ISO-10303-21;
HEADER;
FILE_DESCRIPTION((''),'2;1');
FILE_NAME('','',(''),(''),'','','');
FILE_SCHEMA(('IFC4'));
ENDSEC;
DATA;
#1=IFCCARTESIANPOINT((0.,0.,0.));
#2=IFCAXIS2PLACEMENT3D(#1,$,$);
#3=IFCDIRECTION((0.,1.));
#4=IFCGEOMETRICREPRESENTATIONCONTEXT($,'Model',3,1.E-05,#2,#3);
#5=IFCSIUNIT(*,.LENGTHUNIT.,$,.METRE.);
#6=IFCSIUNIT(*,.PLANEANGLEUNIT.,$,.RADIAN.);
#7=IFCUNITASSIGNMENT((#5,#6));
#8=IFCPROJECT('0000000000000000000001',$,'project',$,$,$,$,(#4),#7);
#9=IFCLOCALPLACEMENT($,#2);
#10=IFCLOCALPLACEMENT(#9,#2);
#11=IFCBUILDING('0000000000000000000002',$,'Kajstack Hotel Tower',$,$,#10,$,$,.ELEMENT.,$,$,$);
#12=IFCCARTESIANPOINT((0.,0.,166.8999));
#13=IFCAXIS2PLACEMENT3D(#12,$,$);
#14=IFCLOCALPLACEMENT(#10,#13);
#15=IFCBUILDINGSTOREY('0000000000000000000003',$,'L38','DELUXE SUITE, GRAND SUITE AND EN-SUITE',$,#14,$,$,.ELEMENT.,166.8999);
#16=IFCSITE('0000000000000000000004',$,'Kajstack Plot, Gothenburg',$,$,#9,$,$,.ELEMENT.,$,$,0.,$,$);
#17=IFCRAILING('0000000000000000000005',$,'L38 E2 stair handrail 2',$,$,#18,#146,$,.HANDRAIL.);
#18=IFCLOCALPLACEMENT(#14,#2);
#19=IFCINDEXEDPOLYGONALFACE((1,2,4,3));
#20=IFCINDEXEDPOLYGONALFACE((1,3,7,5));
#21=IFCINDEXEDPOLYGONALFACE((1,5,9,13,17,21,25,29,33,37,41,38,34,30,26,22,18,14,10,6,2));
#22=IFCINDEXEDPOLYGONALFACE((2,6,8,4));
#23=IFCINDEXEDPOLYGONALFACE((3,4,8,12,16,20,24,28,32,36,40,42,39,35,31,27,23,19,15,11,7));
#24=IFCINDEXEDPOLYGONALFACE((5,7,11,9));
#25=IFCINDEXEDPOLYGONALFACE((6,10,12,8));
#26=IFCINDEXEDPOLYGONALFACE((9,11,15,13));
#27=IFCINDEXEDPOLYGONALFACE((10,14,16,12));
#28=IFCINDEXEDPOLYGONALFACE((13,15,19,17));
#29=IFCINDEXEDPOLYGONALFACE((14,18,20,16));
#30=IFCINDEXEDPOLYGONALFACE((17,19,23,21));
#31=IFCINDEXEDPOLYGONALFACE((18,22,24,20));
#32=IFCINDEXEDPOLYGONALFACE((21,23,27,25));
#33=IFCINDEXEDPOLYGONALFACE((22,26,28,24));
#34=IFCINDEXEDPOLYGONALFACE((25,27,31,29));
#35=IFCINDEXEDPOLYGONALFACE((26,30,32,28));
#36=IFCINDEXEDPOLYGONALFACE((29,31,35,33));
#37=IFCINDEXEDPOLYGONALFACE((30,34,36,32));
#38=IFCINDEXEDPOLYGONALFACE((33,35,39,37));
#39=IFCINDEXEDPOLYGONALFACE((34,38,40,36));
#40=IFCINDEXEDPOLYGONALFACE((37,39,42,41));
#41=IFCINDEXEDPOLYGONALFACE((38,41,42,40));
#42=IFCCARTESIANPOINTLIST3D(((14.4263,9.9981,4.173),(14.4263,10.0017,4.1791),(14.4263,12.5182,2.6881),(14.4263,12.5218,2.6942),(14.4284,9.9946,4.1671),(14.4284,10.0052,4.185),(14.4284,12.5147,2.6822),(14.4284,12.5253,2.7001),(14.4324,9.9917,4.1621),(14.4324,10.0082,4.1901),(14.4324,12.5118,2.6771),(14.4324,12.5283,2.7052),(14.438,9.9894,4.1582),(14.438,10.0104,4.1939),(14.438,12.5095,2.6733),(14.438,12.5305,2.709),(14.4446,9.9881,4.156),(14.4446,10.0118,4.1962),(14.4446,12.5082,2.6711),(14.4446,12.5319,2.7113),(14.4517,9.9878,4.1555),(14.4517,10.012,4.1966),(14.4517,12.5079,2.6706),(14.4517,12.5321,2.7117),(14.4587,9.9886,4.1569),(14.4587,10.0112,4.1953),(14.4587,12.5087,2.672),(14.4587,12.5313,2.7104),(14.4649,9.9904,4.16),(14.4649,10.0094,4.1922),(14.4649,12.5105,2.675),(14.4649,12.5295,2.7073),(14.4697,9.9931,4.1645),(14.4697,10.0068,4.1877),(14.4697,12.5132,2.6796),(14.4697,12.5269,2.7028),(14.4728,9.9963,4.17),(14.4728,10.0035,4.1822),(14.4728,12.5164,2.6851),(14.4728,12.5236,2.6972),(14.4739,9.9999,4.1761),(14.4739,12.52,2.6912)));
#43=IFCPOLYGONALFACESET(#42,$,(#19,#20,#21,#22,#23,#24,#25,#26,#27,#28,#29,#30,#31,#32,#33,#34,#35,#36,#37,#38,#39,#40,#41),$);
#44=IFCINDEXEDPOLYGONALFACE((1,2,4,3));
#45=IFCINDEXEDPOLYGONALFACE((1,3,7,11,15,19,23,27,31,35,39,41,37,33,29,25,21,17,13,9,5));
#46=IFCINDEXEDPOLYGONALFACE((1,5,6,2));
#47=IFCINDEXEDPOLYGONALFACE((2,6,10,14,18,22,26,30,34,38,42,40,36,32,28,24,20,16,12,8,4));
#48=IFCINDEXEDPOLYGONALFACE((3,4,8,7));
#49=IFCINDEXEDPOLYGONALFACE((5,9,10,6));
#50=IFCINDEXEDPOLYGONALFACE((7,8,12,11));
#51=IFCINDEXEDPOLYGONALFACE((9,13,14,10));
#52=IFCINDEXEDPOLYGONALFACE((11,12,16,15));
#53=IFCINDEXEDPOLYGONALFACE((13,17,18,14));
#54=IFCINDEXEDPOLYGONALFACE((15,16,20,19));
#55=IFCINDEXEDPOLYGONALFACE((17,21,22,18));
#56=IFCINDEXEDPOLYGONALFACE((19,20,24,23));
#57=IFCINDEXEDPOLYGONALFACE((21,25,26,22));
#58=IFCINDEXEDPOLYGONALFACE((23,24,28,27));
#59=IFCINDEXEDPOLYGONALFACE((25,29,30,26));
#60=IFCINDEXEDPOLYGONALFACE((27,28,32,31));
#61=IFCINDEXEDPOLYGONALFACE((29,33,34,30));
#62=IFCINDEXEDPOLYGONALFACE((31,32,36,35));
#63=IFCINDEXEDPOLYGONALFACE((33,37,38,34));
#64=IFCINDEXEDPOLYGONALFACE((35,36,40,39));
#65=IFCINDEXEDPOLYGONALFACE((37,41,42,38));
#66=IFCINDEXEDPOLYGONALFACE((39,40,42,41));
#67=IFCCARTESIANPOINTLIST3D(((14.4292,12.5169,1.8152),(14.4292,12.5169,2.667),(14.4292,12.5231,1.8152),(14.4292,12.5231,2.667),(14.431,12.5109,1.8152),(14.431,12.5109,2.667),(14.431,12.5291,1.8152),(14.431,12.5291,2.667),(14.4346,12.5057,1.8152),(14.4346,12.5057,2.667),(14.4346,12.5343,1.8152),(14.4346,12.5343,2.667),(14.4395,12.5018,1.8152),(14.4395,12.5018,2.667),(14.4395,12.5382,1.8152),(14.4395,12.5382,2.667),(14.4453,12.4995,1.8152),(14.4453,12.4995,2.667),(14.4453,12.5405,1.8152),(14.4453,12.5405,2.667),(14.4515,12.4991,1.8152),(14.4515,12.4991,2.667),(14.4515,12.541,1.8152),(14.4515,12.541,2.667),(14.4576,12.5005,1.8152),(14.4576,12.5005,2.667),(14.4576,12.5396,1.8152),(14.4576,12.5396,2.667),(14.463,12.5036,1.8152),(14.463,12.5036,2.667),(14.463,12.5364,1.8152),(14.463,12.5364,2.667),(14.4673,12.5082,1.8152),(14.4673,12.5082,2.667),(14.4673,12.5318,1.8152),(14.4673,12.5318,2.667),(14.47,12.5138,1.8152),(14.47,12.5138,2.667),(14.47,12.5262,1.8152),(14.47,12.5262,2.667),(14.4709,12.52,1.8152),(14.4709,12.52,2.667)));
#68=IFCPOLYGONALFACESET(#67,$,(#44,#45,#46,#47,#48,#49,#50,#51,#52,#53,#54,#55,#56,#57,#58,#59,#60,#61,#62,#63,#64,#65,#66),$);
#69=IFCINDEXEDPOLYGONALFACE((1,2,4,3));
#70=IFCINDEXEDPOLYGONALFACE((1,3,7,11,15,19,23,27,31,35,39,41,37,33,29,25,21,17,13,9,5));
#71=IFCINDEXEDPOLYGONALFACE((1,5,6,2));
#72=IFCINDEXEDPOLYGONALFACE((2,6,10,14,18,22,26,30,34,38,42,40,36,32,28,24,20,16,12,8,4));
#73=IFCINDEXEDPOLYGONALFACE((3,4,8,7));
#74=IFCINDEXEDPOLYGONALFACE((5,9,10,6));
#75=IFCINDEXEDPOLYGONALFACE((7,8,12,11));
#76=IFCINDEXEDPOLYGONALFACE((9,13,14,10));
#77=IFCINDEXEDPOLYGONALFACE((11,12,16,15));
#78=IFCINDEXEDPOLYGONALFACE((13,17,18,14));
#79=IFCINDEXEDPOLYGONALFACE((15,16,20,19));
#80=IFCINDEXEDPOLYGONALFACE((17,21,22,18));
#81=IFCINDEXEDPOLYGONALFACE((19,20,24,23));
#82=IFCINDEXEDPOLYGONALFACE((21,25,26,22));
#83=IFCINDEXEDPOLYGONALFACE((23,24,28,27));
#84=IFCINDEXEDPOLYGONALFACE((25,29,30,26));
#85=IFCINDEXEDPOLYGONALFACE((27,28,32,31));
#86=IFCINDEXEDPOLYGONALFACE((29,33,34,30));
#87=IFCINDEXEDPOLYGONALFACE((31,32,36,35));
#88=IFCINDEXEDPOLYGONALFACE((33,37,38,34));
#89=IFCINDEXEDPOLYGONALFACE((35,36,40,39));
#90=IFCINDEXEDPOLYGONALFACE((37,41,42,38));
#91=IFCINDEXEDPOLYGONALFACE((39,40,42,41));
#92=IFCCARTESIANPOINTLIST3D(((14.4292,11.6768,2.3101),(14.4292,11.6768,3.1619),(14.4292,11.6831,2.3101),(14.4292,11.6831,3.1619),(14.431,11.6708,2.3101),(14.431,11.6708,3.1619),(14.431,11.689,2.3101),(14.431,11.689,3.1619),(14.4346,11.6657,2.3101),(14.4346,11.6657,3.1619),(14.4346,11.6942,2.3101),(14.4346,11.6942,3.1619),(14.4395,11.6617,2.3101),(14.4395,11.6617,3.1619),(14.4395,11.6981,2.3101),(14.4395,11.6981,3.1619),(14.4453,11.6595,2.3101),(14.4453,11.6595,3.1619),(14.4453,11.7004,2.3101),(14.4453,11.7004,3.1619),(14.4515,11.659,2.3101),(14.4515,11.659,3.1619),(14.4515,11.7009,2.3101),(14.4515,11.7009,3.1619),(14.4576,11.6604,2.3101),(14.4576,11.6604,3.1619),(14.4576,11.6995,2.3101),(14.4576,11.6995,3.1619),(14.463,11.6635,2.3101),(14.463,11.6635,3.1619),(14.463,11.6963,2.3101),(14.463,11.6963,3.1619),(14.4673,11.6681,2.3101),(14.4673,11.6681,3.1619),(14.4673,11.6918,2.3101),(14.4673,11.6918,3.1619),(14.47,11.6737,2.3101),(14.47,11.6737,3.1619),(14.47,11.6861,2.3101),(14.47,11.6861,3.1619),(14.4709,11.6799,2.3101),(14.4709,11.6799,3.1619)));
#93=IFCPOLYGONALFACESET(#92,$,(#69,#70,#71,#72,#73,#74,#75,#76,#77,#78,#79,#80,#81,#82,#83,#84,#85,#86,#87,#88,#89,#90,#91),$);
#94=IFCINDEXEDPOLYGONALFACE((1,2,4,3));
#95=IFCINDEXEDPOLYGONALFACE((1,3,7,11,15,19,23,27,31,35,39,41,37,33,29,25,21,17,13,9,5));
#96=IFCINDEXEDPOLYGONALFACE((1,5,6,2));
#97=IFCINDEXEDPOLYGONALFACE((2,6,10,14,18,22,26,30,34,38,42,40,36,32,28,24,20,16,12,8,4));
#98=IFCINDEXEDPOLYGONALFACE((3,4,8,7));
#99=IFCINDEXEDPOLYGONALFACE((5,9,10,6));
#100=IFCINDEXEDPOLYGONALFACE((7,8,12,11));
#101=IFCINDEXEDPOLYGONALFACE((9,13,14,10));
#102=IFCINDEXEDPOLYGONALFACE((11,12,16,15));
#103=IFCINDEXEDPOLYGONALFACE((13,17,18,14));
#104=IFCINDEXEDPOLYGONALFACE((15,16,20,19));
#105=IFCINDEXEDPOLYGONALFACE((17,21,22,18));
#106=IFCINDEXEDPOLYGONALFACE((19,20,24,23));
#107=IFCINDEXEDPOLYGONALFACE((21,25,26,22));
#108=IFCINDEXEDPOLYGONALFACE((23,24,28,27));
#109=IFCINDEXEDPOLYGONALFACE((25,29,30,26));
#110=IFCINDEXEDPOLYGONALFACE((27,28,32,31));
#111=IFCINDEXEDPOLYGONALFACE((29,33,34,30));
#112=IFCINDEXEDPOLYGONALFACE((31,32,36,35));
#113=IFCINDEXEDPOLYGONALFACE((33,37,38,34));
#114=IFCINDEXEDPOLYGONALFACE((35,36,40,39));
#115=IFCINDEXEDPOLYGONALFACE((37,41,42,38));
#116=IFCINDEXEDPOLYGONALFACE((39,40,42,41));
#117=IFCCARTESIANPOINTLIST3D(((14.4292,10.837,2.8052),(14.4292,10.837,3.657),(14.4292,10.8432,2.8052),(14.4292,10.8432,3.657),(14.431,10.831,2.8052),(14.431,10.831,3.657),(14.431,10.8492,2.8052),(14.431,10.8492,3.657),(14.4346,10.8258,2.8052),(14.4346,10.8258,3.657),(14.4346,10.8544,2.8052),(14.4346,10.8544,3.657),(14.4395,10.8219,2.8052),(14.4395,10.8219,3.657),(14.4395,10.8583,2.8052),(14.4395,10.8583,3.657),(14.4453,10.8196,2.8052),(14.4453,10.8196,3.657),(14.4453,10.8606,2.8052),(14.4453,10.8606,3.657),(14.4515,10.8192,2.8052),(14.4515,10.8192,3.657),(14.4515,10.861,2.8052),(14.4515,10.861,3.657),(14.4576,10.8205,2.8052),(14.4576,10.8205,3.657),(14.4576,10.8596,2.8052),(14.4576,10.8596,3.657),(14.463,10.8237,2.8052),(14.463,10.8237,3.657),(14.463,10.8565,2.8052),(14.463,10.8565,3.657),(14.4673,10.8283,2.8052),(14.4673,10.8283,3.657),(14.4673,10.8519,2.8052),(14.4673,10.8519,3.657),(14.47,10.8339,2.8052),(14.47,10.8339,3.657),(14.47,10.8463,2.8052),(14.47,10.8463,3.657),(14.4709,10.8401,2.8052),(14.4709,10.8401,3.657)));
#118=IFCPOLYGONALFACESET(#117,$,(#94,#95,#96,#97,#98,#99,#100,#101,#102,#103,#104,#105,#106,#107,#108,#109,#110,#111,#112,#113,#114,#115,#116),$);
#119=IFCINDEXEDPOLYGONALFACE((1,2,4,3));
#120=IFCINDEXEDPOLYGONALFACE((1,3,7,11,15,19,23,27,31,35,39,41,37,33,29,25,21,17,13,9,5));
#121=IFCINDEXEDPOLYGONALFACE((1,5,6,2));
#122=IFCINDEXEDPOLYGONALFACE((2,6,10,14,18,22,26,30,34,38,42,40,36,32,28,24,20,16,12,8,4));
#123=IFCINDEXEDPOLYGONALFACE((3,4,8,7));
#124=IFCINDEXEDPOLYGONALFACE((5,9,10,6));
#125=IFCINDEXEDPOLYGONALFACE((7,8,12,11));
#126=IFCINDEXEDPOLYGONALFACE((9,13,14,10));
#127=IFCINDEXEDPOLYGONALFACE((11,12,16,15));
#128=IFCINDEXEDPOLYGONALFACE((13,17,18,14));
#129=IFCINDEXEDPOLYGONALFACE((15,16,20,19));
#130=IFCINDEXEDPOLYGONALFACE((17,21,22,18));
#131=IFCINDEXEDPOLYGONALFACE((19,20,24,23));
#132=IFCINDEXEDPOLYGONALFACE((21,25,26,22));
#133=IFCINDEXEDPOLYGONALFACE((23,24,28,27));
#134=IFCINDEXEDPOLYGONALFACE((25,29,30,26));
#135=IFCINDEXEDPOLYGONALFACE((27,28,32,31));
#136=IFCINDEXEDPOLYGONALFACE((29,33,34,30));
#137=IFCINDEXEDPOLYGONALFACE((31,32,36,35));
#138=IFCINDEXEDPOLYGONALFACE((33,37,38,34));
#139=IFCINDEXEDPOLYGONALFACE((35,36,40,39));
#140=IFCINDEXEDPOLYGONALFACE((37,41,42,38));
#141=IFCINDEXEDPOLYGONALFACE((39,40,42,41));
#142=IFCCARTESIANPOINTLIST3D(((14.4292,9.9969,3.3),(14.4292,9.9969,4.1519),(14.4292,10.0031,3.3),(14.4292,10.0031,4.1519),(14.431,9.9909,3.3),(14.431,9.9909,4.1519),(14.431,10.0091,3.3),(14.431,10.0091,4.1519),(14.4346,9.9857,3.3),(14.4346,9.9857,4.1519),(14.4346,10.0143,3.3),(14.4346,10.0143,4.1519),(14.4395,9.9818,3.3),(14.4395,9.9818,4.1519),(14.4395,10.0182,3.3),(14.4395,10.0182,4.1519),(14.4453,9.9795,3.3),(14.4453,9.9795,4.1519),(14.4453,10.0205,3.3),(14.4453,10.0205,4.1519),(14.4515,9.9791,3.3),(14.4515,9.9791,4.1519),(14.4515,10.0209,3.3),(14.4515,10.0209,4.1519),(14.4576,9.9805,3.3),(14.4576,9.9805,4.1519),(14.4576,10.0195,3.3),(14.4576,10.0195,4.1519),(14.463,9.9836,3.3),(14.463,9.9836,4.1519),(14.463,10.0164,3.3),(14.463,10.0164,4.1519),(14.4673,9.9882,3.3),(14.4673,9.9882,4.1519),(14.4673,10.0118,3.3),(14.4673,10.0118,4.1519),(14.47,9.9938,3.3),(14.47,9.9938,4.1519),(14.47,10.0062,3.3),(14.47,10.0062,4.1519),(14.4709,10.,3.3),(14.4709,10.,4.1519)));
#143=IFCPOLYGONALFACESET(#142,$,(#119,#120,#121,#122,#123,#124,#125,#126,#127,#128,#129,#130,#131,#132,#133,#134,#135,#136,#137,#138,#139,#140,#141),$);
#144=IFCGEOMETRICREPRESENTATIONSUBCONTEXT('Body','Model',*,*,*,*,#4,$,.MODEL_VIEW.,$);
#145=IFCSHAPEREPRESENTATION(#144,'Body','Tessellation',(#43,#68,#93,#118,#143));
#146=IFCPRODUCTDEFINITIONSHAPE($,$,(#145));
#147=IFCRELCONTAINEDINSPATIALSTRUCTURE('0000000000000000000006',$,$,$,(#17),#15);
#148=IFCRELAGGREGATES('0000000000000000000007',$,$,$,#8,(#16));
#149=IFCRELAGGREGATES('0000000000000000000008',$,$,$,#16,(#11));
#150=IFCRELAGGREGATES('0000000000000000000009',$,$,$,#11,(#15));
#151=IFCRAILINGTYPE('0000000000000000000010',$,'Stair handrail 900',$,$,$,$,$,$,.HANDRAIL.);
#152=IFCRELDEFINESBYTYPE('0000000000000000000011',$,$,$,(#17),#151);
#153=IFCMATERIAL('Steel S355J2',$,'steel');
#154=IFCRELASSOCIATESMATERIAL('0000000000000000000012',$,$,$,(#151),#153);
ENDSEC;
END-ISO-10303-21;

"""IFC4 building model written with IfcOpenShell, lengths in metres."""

from ifc_helpers import new_model, si_unit, direction, frame, origin, origin_2d, place, context, subcontext, project, spatial, circle, extrude, material, type_object, element, save


model = new_model("IFC4")

# Units and contexts
model_context = context("Model", 3, precision=1e-05, world=origin(), true_north=direction((0.0, 1.0)))
body_context = subcontext(model_context, "Body", "Model", "MODEL_VIEW")
ifc_project = project(units=[si_unit("LENGTHUNIT", "METRE"), si_unit("PLANEANGLEUNIT", "RADIAN")], contexts=[model_context])

# Site, building, storey
site_placement = place(None, origin())
site = spatial("IfcSite", under=ifc_project, at=site_placement, Name="Kajstack Plot, Gothenburg", CompositionType="ELEMENT", RefElevation=0.0)
building_placement = place(site_placement, origin())
building = spatial("IfcBuilding", under=site, at=building_placement, Name="Kajstack Hotel Tower", CompositionType="ELEMENT")
storey_placement = place(building_placement, frame((0.0, 0.0, 166.8999)))
storey = spatial("IfcBuildingStorey", under=building, at=storey_placement, Name="L38", Description="DELUXE SUITE, GRAND SUITE AND EN-SUITE", CompositionType="ELEMENT", Elevation=166.8999)

# Railing
ifc_material_1 = material(Name="Steel S355J2", Category="steel")
railing_type = type_object("IfcRailingType", Name="Stair handrail 900", PredefinedType="HANDRAIL", material=ifc_material_1)
railing_placement = place(storey_placement, frame((14.45, 12.52, 1.8152)))
element("IfcRailing", 1, at=railing_placement, inside=storey, type_object=railing_type, Name="L38 E2 stair handrail 2", PredefinedType="HANDRAIL", context=body_context, shape_type="SweptSolid", body=[
    extrude(circle(Radius=0.0239, at=origin_2d()), frame((0.0, 0.0, 0.876), z_axis=(0.0, -0.861561, 0.507655), x_axis=(1.0, 0.0, 0.0)), (0.0, 0.0, 1.0), 2.925),
    extrude(circle(Radius=0.021, at=origin_2d()), origin(), (0.0, 0.0, 1.0), 0.8518),
    extrude(circle(Radius=0.021, at=origin_2d()), frame((0.0, -0.8401, 0.4949)), (0.0, 0.0, 1.0), 0.8518),
    extrude(circle(Radius=0.021, at=origin_2d()), frame((0.0, -1.6799, 0.99)), (0.0, 0.0, 1.0), 0.8518),
    extrude(circle(Radius=0.021, at=origin_2d()), frame((0.0, -2.52, 1.4849)), (0.0, 0.0, 1.0), 0.8518),
])

save(model, "model.ifc")
